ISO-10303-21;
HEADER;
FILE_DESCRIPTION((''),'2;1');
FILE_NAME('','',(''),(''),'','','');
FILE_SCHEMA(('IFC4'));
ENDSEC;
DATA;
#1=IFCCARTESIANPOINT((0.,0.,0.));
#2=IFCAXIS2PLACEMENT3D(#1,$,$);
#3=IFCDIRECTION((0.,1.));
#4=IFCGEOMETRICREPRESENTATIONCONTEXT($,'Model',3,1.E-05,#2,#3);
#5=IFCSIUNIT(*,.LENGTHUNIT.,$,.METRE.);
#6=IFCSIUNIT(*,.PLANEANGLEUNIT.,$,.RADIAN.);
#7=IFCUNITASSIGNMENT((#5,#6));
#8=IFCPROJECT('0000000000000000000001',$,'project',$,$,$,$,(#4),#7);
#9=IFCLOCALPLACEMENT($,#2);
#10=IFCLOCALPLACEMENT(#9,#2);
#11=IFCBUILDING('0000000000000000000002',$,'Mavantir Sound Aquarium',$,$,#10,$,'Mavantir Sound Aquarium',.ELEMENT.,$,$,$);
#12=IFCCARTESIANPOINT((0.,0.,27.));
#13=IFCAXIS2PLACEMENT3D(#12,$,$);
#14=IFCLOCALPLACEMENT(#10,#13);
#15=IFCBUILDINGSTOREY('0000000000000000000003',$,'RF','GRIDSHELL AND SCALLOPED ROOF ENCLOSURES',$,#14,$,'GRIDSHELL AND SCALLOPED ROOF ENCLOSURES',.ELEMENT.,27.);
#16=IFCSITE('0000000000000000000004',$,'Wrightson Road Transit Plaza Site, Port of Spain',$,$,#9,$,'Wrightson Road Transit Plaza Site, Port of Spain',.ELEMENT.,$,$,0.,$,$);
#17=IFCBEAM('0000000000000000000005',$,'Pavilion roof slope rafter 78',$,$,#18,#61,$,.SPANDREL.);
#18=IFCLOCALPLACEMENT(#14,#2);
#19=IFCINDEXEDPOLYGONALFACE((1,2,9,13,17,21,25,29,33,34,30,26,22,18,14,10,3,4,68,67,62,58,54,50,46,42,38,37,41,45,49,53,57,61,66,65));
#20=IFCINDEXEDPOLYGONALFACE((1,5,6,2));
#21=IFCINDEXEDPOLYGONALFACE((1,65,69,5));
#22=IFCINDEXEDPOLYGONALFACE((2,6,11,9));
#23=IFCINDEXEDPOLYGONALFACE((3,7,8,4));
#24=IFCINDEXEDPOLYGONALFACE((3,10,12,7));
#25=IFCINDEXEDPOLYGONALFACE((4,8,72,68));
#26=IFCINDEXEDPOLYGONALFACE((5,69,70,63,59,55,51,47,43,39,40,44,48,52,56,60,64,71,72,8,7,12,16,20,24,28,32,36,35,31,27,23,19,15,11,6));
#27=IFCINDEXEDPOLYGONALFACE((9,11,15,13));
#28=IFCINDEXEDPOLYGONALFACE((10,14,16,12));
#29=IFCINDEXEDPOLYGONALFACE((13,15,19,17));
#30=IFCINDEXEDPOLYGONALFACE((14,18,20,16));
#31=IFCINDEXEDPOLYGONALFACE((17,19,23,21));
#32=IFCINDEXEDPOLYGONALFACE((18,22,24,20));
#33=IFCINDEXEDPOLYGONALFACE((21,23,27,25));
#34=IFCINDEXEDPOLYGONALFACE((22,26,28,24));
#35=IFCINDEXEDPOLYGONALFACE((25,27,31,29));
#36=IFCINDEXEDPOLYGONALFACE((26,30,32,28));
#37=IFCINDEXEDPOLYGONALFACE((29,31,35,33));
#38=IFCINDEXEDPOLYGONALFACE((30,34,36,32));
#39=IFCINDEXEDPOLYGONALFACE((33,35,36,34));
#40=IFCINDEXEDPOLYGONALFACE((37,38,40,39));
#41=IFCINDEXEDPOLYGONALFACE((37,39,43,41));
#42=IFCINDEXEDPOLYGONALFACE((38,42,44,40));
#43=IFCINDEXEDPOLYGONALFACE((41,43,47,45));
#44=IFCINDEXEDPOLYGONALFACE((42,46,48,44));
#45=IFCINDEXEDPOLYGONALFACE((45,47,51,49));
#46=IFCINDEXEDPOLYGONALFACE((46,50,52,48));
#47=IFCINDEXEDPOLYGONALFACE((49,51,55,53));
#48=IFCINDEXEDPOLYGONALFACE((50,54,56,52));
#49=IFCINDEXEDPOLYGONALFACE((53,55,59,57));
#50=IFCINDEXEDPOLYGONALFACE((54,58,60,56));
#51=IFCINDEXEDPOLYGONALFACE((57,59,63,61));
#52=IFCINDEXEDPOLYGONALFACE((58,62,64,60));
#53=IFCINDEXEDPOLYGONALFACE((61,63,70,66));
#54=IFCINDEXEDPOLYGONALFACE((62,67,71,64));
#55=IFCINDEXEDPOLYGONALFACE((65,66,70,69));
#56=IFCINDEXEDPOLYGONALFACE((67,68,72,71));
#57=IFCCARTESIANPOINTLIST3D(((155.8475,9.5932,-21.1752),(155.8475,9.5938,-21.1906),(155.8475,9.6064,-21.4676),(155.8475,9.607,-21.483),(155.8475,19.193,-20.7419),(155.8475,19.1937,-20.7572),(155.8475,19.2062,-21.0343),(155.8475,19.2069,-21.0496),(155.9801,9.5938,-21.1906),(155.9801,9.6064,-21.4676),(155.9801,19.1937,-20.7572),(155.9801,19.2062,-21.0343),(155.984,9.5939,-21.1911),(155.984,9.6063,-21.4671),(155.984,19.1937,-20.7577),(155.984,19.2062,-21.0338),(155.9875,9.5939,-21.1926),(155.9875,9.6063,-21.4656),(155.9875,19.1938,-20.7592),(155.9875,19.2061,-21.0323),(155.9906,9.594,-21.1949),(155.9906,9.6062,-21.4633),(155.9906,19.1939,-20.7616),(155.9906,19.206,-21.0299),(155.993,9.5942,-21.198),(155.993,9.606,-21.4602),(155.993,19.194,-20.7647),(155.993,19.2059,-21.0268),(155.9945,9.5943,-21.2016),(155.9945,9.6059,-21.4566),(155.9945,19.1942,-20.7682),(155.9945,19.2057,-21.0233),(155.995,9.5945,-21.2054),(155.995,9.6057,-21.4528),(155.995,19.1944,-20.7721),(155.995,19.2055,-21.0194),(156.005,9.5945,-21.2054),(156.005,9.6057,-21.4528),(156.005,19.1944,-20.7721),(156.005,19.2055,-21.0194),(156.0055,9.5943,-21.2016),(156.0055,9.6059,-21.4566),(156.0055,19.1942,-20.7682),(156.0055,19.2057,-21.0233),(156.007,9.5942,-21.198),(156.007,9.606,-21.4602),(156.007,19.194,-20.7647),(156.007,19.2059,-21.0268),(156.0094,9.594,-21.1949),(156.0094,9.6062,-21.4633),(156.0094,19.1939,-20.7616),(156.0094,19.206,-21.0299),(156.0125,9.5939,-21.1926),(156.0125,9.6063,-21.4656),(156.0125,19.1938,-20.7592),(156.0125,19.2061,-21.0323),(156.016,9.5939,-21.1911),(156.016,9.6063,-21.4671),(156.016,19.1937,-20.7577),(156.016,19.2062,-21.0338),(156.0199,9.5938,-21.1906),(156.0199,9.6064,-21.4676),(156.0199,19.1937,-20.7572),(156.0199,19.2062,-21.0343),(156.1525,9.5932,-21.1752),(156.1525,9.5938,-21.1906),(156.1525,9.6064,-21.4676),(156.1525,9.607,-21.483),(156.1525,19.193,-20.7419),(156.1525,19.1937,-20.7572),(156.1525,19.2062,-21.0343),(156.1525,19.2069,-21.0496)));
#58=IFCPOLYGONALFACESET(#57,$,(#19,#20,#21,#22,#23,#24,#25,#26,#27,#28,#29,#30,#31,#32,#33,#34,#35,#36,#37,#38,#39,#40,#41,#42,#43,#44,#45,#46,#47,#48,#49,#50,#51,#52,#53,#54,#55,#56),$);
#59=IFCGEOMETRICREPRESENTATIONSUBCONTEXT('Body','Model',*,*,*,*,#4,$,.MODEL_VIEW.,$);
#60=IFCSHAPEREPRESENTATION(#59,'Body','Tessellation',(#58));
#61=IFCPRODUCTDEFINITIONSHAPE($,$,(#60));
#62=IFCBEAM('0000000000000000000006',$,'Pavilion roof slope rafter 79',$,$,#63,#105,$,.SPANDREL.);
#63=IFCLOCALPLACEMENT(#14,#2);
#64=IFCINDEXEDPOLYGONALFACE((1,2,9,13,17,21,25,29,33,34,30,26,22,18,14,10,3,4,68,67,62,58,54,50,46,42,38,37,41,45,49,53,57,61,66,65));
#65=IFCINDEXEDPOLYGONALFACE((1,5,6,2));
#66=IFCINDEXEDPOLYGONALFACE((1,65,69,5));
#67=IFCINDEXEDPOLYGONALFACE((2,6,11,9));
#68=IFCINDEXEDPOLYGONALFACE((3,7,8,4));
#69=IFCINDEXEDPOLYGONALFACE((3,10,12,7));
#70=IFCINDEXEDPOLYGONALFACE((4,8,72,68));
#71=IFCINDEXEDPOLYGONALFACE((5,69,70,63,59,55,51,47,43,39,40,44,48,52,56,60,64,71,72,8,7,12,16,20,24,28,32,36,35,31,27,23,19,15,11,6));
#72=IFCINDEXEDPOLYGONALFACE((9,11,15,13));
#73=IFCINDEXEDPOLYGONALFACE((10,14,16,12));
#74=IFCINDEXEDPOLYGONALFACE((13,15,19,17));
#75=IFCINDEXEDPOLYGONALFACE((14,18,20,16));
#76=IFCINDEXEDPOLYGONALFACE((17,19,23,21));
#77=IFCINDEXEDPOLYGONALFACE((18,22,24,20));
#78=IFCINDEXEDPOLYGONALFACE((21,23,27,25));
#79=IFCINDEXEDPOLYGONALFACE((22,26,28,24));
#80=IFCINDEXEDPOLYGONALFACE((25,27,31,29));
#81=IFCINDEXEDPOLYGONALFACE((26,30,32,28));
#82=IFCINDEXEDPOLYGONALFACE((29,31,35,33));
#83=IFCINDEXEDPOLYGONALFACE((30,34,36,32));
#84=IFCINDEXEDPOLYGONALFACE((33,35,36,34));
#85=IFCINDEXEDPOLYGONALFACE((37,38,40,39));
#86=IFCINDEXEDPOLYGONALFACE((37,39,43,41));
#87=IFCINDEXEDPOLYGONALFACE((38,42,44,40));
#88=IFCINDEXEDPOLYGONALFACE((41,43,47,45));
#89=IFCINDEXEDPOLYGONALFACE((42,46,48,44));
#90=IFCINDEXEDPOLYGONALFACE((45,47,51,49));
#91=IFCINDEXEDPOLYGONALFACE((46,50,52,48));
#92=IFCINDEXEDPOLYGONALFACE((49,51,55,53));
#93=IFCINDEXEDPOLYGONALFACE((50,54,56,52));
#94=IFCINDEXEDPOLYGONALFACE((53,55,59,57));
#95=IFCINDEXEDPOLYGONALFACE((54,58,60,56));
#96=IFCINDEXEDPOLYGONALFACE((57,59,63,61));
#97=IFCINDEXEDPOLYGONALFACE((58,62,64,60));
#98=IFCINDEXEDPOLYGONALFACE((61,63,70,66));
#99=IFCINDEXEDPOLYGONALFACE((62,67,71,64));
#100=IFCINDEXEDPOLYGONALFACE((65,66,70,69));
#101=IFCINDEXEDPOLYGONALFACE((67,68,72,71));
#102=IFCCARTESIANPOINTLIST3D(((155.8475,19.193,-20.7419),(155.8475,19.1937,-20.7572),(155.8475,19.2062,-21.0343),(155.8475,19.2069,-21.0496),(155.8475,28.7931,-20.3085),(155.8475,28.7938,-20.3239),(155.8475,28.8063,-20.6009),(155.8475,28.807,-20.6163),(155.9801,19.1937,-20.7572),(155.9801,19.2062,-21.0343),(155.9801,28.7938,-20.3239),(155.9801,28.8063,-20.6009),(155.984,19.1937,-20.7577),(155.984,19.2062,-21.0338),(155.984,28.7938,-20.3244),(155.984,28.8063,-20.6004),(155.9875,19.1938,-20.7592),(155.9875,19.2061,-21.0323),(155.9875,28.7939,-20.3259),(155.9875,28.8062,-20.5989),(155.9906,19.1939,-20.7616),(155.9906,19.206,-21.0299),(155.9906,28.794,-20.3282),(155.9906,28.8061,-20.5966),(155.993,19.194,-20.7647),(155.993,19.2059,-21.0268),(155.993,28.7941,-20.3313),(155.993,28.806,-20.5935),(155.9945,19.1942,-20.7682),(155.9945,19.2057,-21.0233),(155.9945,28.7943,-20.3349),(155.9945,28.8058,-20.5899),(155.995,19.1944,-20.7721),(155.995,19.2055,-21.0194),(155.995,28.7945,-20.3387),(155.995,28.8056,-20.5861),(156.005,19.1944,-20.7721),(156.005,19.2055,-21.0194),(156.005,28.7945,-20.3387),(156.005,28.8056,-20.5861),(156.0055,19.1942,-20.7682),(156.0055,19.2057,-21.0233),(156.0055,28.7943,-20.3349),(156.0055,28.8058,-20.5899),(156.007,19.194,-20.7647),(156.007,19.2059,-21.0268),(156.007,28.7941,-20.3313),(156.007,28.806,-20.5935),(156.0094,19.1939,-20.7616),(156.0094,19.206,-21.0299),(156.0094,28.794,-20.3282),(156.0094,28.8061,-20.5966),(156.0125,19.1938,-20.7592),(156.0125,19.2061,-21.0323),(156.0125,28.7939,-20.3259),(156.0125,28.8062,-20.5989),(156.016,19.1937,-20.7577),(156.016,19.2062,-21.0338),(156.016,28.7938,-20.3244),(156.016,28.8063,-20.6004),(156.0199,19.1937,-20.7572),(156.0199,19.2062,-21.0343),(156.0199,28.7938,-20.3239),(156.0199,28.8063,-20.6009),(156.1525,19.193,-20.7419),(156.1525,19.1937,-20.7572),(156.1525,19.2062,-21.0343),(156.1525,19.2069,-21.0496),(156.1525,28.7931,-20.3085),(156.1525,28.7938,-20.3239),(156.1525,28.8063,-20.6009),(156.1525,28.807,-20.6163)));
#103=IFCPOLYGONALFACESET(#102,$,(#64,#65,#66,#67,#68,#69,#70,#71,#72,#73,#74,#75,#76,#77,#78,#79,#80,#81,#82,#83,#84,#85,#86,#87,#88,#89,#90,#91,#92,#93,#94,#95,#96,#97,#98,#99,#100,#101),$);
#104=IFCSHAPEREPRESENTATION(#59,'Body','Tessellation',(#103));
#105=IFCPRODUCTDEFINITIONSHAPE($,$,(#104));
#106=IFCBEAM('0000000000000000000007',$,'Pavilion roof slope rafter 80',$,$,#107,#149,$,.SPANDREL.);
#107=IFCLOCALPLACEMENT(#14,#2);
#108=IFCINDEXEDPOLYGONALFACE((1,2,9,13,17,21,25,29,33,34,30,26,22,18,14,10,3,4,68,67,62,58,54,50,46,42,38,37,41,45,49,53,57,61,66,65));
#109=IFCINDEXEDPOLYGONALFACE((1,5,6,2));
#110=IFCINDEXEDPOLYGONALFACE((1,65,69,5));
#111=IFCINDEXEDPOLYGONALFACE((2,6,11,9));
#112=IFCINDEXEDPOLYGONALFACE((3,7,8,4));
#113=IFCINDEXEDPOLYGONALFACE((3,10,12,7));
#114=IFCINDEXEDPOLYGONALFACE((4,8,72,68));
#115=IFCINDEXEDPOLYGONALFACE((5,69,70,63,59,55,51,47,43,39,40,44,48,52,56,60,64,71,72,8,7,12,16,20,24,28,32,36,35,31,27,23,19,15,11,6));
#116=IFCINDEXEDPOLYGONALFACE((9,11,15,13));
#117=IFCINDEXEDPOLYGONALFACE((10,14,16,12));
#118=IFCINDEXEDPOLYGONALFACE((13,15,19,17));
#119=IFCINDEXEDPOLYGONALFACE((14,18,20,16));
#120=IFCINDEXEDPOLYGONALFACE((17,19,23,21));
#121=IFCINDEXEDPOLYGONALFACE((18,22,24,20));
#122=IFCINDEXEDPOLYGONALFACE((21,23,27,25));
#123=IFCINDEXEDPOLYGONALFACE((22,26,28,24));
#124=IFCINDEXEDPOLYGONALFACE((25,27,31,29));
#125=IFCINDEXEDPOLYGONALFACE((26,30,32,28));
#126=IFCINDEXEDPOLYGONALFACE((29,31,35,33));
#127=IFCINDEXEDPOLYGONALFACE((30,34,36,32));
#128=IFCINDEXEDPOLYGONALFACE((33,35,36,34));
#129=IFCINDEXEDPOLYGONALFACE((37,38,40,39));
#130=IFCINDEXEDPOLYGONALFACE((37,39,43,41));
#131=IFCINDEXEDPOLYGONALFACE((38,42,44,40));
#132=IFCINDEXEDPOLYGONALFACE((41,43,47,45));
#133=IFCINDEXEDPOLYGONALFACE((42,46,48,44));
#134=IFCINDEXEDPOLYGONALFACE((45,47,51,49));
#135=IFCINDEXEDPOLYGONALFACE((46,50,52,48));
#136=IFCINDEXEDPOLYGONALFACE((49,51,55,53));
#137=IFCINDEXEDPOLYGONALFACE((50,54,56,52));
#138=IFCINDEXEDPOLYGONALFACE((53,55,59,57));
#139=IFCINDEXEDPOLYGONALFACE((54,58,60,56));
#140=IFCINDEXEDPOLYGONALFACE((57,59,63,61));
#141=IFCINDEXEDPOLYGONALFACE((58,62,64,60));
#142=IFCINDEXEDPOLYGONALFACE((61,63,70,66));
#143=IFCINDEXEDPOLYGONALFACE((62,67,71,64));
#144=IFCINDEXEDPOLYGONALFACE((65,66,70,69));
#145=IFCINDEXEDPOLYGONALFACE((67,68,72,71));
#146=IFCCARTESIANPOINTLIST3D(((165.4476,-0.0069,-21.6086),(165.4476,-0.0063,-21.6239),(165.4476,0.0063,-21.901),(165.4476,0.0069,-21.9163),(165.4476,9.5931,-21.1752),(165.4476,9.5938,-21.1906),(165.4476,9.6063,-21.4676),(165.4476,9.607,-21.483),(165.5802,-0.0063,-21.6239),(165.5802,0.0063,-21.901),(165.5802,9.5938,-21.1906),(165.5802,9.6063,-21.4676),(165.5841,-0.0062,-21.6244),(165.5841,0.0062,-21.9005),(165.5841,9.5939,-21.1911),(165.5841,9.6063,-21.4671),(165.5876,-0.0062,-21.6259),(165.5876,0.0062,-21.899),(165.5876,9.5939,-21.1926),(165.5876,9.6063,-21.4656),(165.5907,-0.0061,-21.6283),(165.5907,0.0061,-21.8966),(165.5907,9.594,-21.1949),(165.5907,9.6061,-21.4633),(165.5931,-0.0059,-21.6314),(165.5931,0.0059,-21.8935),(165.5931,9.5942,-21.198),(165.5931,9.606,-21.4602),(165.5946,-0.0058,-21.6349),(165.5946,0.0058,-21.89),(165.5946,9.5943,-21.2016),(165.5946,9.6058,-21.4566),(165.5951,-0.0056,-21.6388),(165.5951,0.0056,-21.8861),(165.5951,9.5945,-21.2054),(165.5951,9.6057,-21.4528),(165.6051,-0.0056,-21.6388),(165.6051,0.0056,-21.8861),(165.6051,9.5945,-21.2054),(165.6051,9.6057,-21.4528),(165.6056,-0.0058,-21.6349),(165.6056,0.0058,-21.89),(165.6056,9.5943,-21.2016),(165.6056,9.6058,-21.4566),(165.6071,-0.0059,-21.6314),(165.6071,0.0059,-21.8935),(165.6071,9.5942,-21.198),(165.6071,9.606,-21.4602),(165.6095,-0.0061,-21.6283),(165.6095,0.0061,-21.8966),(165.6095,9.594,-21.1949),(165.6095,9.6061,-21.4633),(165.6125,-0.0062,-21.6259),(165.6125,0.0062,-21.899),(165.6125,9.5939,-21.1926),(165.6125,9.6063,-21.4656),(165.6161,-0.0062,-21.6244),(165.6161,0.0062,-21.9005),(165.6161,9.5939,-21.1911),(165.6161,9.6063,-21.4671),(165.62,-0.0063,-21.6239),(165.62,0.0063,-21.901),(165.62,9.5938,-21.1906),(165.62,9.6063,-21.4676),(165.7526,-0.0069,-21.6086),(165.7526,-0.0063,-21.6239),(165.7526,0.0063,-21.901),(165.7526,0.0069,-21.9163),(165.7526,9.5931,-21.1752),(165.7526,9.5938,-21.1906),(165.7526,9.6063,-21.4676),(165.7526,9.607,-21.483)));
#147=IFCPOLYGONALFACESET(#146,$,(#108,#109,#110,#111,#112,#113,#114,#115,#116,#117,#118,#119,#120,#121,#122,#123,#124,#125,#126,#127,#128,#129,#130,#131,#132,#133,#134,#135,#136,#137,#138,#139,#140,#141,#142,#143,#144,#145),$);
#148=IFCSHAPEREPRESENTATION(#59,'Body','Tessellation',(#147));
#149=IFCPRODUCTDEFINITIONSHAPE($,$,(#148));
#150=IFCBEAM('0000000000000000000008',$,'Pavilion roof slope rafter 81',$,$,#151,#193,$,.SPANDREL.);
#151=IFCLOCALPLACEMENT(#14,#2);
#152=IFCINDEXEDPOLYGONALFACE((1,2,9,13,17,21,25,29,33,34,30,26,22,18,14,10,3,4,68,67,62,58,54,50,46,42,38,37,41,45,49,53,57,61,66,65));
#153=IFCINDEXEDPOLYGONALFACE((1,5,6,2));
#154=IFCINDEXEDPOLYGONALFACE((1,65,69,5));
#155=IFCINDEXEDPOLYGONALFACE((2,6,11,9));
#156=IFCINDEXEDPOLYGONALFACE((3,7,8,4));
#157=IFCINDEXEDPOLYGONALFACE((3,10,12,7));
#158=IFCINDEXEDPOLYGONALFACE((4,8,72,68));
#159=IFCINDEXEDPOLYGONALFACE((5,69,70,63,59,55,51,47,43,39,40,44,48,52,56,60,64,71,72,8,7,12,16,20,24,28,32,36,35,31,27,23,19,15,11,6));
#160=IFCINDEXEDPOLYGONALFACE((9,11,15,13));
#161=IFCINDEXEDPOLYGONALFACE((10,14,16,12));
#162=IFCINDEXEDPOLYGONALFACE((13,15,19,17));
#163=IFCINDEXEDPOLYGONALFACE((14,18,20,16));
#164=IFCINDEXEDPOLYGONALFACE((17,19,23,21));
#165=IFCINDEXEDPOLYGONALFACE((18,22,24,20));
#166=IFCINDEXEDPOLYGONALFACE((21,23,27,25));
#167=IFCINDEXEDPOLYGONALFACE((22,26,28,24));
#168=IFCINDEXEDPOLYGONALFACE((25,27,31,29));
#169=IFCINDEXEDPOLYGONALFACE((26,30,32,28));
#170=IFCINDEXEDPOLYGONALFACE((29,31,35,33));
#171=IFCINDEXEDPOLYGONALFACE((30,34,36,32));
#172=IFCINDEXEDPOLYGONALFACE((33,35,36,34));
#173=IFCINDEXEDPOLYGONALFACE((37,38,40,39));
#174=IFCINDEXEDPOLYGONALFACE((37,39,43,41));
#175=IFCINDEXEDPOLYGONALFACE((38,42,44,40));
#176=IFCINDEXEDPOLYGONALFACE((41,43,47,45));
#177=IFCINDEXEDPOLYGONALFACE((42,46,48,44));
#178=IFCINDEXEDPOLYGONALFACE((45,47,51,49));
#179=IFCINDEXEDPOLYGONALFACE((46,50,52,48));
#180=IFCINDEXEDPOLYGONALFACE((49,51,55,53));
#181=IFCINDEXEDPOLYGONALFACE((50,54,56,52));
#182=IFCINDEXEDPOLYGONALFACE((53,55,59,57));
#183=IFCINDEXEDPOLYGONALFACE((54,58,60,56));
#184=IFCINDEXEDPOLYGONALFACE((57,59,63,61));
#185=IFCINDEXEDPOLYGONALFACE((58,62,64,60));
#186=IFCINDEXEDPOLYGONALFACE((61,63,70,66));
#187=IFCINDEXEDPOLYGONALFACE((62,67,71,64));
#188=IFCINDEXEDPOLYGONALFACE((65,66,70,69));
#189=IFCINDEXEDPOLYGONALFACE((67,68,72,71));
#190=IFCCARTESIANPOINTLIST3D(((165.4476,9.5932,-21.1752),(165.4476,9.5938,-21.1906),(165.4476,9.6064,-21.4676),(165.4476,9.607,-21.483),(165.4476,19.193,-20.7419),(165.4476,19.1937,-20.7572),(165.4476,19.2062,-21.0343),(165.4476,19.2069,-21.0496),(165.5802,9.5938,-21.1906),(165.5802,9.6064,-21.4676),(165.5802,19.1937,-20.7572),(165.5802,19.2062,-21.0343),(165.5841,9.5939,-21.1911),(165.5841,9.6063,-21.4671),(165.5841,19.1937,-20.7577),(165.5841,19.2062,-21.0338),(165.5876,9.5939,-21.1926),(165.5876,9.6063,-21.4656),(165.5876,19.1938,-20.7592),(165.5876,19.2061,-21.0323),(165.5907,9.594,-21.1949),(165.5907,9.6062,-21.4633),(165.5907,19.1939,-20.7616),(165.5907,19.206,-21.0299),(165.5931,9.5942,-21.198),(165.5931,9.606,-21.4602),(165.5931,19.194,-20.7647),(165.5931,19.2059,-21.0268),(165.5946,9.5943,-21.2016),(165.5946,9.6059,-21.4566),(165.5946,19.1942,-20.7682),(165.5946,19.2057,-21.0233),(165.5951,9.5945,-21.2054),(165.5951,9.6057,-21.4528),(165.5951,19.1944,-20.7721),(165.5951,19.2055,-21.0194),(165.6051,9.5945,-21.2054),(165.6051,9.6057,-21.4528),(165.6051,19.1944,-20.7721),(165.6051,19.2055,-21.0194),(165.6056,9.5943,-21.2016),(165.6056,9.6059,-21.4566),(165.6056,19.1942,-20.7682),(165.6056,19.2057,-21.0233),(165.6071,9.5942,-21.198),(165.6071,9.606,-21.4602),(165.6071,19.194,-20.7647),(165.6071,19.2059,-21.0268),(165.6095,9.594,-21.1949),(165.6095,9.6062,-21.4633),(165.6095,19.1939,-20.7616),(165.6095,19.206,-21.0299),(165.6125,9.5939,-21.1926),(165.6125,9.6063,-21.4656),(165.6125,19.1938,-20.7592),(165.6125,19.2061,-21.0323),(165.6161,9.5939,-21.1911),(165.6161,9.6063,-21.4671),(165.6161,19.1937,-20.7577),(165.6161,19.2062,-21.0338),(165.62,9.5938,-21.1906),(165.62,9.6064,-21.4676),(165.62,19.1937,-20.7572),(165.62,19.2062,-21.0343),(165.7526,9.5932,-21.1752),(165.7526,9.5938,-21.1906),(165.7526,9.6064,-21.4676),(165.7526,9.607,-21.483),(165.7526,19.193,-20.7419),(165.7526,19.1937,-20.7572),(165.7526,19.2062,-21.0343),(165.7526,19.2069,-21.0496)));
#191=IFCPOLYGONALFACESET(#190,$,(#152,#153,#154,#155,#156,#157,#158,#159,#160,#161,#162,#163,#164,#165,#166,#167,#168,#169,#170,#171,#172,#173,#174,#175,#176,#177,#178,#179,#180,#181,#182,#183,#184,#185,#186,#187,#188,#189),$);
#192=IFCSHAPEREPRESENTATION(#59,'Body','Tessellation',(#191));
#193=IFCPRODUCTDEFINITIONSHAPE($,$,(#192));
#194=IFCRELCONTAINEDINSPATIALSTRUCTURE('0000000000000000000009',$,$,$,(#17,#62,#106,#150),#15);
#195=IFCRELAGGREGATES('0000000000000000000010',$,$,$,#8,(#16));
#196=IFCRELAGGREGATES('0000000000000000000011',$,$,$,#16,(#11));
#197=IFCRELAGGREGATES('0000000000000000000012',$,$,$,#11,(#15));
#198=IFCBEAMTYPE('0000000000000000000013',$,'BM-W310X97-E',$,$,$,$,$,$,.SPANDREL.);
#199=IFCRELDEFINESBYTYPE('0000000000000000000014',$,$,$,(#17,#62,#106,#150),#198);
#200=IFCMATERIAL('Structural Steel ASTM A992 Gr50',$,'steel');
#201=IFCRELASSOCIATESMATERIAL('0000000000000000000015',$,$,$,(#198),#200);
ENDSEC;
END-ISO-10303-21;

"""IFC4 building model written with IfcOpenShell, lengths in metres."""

from ifc_helpers import new_model, si_unit, direction, frame, origin, origin_2d, place, context, subcontext, project, spatial, i_section, extrude, material, material_profile, profile_set, type_object, element, save


model = new_model("IFC4")

# Units and contexts
model_context = context("Model", 3, precision=1e-05, world=origin(), true_north=direction((0.0, 1.0)))
body_context = subcontext(model_context, "Body", "Model", "MODEL_VIEW")
ifc_project = project(units=[si_unit("LENGTHUNIT", "METRE"), si_unit("PLANEANGLEUNIT", "RADIAN")], contexts=[model_context])

# Site, building, storey
site_placement = place(None, origin())
site = spatial("IfcSite", under=ifc_project, at=site_placement, Name="Wrightson Road Transit Plaza Site, Port of Spain", LongName="Wrightson Road Transit Plaza Site, Port of Spain", CompositionType="ELEMENT", RefElevation=0.0)
building_placement = place(site_placement, origin())
building = spatial("IfcBuilding", under=site, at=building_placement, Name="Mavantir Sound Aquarium", LongName="Mavantir Sound Aquarium", CompositionType="ELEMENT")
storey_placement = place(building_placement, frame((0.0, 0.0, 27.0)))
storey = spatial("IfcBuildingStorey", under=building, at=storey_placement, Name="RF", Description="GRIDSHELL AND SCALLOPED ROOF ENCLOSURES", LongName="GRIDSHELL AND SCALLOPED ROOF ENCLOSURES", CompositionType="ELEMENT", Elevation=27.0)

# Beams
ifc_material_1 = material(Name="Structural Steel ASTM A992 Gr50", Category="steel")
ifc_material_profile_1 = material_profile(ifc_material_1, i_section(OverallWidth=0.3049, OverallDepth=0.3081, WebThickness=0.01, FlangeThickness=0.0154, FilletRadius=0.0149, at=origin_2d()), Name="W310X97")
ifc_profile_set_1 = profile_set([ifc_material_profile_1], Name="Structural Steel ASTM A992 Gr50")
beam_type_1 = type_object("IfcBeamType", Name="BM-W310X97-E", PredefinedType="SPANDREL", material=ifc_profile_set_1)
beam_1_placement = place(storey_placement, frame((156.0, 9.6001, -21.3291), z_axis=(0.0, 0.998983, 0.045095), x_axis=(-1.0, 0.0, 0.0)))
element("IfcBeam", 1, at=beam_1_placement, inside=storey, type_object=beam_type_1, Name="Pavilion roof slope rafter 78", PredefinedType="SPANDREL", context=body_context, shape_type="SweptSolid", body=[
    extrude(i_section(OverallWidth=0.3049, OverallDepth=0.3081, WebThickness=0.01, FlangeThickness=0.0154, FilletRadius=0.0149, at=origin_2d()), origin(), (0.0, 0.0, 1.0), 9.6096),
])
for number, where, z_axis, x_axis, name in (
    (2, (156.0, 19.2, -20.8958), (0.0, 0.998983, 0.045094), (-1.0, 0.0, 0.0), "Pavilion roof slope rafter 79"),
    (3, (165.6001, 0.0, -21.7625), (0.0, 0.998983, 0.045094), (-1.0, 0.0, 0.0), "Pavilion roof slope rafter 80"),
):
    element("IfcBeam", number, at=place(storey_placement, frame(where, z_axis=z_axis, x_axis=x_axis)), inside=storey, type_object=beam_type_1, Name=name, PredefinedType="SPANDREL", context=body_context, shape_type="SweptSolid", body=[
        extrude(i_section(OverallWidth=0.3049, OverallDepth=0.3081, WebThickness=0.01, FlangeThickness=0.0154, FilletRadius=0.0149, at=origin_2d()), origin(), (0.0, 0.0, 1.0), 9.6099),
    ])
beam_2_placement = place(storey_placement, frame((165.6001, 9.6001, -21.3291), z_axis=(0.0, 0.998983, 0.045095), x_axis=(-1.0, 0.0, 0.0)))
element("IfcBeam", 4, at=beam_2_placement, inside=storey, type_object=beam_type_1, Name="Pavilion roof slope rafter 81", PredefinedType="SPANDREL", context=body_context, shape_type="SweptSolid", body=[
    extrude(i_section(OverallWidth=0.3049, OverallDepth=0.3081, WebThickness=0.01, FlangeThickness=0.0154, FilletRadius=0.0149, at=origin_2d()), origin(), (0.0, 0.0, 1.0), 9.6096),
])

save(model, "model.ifc")
